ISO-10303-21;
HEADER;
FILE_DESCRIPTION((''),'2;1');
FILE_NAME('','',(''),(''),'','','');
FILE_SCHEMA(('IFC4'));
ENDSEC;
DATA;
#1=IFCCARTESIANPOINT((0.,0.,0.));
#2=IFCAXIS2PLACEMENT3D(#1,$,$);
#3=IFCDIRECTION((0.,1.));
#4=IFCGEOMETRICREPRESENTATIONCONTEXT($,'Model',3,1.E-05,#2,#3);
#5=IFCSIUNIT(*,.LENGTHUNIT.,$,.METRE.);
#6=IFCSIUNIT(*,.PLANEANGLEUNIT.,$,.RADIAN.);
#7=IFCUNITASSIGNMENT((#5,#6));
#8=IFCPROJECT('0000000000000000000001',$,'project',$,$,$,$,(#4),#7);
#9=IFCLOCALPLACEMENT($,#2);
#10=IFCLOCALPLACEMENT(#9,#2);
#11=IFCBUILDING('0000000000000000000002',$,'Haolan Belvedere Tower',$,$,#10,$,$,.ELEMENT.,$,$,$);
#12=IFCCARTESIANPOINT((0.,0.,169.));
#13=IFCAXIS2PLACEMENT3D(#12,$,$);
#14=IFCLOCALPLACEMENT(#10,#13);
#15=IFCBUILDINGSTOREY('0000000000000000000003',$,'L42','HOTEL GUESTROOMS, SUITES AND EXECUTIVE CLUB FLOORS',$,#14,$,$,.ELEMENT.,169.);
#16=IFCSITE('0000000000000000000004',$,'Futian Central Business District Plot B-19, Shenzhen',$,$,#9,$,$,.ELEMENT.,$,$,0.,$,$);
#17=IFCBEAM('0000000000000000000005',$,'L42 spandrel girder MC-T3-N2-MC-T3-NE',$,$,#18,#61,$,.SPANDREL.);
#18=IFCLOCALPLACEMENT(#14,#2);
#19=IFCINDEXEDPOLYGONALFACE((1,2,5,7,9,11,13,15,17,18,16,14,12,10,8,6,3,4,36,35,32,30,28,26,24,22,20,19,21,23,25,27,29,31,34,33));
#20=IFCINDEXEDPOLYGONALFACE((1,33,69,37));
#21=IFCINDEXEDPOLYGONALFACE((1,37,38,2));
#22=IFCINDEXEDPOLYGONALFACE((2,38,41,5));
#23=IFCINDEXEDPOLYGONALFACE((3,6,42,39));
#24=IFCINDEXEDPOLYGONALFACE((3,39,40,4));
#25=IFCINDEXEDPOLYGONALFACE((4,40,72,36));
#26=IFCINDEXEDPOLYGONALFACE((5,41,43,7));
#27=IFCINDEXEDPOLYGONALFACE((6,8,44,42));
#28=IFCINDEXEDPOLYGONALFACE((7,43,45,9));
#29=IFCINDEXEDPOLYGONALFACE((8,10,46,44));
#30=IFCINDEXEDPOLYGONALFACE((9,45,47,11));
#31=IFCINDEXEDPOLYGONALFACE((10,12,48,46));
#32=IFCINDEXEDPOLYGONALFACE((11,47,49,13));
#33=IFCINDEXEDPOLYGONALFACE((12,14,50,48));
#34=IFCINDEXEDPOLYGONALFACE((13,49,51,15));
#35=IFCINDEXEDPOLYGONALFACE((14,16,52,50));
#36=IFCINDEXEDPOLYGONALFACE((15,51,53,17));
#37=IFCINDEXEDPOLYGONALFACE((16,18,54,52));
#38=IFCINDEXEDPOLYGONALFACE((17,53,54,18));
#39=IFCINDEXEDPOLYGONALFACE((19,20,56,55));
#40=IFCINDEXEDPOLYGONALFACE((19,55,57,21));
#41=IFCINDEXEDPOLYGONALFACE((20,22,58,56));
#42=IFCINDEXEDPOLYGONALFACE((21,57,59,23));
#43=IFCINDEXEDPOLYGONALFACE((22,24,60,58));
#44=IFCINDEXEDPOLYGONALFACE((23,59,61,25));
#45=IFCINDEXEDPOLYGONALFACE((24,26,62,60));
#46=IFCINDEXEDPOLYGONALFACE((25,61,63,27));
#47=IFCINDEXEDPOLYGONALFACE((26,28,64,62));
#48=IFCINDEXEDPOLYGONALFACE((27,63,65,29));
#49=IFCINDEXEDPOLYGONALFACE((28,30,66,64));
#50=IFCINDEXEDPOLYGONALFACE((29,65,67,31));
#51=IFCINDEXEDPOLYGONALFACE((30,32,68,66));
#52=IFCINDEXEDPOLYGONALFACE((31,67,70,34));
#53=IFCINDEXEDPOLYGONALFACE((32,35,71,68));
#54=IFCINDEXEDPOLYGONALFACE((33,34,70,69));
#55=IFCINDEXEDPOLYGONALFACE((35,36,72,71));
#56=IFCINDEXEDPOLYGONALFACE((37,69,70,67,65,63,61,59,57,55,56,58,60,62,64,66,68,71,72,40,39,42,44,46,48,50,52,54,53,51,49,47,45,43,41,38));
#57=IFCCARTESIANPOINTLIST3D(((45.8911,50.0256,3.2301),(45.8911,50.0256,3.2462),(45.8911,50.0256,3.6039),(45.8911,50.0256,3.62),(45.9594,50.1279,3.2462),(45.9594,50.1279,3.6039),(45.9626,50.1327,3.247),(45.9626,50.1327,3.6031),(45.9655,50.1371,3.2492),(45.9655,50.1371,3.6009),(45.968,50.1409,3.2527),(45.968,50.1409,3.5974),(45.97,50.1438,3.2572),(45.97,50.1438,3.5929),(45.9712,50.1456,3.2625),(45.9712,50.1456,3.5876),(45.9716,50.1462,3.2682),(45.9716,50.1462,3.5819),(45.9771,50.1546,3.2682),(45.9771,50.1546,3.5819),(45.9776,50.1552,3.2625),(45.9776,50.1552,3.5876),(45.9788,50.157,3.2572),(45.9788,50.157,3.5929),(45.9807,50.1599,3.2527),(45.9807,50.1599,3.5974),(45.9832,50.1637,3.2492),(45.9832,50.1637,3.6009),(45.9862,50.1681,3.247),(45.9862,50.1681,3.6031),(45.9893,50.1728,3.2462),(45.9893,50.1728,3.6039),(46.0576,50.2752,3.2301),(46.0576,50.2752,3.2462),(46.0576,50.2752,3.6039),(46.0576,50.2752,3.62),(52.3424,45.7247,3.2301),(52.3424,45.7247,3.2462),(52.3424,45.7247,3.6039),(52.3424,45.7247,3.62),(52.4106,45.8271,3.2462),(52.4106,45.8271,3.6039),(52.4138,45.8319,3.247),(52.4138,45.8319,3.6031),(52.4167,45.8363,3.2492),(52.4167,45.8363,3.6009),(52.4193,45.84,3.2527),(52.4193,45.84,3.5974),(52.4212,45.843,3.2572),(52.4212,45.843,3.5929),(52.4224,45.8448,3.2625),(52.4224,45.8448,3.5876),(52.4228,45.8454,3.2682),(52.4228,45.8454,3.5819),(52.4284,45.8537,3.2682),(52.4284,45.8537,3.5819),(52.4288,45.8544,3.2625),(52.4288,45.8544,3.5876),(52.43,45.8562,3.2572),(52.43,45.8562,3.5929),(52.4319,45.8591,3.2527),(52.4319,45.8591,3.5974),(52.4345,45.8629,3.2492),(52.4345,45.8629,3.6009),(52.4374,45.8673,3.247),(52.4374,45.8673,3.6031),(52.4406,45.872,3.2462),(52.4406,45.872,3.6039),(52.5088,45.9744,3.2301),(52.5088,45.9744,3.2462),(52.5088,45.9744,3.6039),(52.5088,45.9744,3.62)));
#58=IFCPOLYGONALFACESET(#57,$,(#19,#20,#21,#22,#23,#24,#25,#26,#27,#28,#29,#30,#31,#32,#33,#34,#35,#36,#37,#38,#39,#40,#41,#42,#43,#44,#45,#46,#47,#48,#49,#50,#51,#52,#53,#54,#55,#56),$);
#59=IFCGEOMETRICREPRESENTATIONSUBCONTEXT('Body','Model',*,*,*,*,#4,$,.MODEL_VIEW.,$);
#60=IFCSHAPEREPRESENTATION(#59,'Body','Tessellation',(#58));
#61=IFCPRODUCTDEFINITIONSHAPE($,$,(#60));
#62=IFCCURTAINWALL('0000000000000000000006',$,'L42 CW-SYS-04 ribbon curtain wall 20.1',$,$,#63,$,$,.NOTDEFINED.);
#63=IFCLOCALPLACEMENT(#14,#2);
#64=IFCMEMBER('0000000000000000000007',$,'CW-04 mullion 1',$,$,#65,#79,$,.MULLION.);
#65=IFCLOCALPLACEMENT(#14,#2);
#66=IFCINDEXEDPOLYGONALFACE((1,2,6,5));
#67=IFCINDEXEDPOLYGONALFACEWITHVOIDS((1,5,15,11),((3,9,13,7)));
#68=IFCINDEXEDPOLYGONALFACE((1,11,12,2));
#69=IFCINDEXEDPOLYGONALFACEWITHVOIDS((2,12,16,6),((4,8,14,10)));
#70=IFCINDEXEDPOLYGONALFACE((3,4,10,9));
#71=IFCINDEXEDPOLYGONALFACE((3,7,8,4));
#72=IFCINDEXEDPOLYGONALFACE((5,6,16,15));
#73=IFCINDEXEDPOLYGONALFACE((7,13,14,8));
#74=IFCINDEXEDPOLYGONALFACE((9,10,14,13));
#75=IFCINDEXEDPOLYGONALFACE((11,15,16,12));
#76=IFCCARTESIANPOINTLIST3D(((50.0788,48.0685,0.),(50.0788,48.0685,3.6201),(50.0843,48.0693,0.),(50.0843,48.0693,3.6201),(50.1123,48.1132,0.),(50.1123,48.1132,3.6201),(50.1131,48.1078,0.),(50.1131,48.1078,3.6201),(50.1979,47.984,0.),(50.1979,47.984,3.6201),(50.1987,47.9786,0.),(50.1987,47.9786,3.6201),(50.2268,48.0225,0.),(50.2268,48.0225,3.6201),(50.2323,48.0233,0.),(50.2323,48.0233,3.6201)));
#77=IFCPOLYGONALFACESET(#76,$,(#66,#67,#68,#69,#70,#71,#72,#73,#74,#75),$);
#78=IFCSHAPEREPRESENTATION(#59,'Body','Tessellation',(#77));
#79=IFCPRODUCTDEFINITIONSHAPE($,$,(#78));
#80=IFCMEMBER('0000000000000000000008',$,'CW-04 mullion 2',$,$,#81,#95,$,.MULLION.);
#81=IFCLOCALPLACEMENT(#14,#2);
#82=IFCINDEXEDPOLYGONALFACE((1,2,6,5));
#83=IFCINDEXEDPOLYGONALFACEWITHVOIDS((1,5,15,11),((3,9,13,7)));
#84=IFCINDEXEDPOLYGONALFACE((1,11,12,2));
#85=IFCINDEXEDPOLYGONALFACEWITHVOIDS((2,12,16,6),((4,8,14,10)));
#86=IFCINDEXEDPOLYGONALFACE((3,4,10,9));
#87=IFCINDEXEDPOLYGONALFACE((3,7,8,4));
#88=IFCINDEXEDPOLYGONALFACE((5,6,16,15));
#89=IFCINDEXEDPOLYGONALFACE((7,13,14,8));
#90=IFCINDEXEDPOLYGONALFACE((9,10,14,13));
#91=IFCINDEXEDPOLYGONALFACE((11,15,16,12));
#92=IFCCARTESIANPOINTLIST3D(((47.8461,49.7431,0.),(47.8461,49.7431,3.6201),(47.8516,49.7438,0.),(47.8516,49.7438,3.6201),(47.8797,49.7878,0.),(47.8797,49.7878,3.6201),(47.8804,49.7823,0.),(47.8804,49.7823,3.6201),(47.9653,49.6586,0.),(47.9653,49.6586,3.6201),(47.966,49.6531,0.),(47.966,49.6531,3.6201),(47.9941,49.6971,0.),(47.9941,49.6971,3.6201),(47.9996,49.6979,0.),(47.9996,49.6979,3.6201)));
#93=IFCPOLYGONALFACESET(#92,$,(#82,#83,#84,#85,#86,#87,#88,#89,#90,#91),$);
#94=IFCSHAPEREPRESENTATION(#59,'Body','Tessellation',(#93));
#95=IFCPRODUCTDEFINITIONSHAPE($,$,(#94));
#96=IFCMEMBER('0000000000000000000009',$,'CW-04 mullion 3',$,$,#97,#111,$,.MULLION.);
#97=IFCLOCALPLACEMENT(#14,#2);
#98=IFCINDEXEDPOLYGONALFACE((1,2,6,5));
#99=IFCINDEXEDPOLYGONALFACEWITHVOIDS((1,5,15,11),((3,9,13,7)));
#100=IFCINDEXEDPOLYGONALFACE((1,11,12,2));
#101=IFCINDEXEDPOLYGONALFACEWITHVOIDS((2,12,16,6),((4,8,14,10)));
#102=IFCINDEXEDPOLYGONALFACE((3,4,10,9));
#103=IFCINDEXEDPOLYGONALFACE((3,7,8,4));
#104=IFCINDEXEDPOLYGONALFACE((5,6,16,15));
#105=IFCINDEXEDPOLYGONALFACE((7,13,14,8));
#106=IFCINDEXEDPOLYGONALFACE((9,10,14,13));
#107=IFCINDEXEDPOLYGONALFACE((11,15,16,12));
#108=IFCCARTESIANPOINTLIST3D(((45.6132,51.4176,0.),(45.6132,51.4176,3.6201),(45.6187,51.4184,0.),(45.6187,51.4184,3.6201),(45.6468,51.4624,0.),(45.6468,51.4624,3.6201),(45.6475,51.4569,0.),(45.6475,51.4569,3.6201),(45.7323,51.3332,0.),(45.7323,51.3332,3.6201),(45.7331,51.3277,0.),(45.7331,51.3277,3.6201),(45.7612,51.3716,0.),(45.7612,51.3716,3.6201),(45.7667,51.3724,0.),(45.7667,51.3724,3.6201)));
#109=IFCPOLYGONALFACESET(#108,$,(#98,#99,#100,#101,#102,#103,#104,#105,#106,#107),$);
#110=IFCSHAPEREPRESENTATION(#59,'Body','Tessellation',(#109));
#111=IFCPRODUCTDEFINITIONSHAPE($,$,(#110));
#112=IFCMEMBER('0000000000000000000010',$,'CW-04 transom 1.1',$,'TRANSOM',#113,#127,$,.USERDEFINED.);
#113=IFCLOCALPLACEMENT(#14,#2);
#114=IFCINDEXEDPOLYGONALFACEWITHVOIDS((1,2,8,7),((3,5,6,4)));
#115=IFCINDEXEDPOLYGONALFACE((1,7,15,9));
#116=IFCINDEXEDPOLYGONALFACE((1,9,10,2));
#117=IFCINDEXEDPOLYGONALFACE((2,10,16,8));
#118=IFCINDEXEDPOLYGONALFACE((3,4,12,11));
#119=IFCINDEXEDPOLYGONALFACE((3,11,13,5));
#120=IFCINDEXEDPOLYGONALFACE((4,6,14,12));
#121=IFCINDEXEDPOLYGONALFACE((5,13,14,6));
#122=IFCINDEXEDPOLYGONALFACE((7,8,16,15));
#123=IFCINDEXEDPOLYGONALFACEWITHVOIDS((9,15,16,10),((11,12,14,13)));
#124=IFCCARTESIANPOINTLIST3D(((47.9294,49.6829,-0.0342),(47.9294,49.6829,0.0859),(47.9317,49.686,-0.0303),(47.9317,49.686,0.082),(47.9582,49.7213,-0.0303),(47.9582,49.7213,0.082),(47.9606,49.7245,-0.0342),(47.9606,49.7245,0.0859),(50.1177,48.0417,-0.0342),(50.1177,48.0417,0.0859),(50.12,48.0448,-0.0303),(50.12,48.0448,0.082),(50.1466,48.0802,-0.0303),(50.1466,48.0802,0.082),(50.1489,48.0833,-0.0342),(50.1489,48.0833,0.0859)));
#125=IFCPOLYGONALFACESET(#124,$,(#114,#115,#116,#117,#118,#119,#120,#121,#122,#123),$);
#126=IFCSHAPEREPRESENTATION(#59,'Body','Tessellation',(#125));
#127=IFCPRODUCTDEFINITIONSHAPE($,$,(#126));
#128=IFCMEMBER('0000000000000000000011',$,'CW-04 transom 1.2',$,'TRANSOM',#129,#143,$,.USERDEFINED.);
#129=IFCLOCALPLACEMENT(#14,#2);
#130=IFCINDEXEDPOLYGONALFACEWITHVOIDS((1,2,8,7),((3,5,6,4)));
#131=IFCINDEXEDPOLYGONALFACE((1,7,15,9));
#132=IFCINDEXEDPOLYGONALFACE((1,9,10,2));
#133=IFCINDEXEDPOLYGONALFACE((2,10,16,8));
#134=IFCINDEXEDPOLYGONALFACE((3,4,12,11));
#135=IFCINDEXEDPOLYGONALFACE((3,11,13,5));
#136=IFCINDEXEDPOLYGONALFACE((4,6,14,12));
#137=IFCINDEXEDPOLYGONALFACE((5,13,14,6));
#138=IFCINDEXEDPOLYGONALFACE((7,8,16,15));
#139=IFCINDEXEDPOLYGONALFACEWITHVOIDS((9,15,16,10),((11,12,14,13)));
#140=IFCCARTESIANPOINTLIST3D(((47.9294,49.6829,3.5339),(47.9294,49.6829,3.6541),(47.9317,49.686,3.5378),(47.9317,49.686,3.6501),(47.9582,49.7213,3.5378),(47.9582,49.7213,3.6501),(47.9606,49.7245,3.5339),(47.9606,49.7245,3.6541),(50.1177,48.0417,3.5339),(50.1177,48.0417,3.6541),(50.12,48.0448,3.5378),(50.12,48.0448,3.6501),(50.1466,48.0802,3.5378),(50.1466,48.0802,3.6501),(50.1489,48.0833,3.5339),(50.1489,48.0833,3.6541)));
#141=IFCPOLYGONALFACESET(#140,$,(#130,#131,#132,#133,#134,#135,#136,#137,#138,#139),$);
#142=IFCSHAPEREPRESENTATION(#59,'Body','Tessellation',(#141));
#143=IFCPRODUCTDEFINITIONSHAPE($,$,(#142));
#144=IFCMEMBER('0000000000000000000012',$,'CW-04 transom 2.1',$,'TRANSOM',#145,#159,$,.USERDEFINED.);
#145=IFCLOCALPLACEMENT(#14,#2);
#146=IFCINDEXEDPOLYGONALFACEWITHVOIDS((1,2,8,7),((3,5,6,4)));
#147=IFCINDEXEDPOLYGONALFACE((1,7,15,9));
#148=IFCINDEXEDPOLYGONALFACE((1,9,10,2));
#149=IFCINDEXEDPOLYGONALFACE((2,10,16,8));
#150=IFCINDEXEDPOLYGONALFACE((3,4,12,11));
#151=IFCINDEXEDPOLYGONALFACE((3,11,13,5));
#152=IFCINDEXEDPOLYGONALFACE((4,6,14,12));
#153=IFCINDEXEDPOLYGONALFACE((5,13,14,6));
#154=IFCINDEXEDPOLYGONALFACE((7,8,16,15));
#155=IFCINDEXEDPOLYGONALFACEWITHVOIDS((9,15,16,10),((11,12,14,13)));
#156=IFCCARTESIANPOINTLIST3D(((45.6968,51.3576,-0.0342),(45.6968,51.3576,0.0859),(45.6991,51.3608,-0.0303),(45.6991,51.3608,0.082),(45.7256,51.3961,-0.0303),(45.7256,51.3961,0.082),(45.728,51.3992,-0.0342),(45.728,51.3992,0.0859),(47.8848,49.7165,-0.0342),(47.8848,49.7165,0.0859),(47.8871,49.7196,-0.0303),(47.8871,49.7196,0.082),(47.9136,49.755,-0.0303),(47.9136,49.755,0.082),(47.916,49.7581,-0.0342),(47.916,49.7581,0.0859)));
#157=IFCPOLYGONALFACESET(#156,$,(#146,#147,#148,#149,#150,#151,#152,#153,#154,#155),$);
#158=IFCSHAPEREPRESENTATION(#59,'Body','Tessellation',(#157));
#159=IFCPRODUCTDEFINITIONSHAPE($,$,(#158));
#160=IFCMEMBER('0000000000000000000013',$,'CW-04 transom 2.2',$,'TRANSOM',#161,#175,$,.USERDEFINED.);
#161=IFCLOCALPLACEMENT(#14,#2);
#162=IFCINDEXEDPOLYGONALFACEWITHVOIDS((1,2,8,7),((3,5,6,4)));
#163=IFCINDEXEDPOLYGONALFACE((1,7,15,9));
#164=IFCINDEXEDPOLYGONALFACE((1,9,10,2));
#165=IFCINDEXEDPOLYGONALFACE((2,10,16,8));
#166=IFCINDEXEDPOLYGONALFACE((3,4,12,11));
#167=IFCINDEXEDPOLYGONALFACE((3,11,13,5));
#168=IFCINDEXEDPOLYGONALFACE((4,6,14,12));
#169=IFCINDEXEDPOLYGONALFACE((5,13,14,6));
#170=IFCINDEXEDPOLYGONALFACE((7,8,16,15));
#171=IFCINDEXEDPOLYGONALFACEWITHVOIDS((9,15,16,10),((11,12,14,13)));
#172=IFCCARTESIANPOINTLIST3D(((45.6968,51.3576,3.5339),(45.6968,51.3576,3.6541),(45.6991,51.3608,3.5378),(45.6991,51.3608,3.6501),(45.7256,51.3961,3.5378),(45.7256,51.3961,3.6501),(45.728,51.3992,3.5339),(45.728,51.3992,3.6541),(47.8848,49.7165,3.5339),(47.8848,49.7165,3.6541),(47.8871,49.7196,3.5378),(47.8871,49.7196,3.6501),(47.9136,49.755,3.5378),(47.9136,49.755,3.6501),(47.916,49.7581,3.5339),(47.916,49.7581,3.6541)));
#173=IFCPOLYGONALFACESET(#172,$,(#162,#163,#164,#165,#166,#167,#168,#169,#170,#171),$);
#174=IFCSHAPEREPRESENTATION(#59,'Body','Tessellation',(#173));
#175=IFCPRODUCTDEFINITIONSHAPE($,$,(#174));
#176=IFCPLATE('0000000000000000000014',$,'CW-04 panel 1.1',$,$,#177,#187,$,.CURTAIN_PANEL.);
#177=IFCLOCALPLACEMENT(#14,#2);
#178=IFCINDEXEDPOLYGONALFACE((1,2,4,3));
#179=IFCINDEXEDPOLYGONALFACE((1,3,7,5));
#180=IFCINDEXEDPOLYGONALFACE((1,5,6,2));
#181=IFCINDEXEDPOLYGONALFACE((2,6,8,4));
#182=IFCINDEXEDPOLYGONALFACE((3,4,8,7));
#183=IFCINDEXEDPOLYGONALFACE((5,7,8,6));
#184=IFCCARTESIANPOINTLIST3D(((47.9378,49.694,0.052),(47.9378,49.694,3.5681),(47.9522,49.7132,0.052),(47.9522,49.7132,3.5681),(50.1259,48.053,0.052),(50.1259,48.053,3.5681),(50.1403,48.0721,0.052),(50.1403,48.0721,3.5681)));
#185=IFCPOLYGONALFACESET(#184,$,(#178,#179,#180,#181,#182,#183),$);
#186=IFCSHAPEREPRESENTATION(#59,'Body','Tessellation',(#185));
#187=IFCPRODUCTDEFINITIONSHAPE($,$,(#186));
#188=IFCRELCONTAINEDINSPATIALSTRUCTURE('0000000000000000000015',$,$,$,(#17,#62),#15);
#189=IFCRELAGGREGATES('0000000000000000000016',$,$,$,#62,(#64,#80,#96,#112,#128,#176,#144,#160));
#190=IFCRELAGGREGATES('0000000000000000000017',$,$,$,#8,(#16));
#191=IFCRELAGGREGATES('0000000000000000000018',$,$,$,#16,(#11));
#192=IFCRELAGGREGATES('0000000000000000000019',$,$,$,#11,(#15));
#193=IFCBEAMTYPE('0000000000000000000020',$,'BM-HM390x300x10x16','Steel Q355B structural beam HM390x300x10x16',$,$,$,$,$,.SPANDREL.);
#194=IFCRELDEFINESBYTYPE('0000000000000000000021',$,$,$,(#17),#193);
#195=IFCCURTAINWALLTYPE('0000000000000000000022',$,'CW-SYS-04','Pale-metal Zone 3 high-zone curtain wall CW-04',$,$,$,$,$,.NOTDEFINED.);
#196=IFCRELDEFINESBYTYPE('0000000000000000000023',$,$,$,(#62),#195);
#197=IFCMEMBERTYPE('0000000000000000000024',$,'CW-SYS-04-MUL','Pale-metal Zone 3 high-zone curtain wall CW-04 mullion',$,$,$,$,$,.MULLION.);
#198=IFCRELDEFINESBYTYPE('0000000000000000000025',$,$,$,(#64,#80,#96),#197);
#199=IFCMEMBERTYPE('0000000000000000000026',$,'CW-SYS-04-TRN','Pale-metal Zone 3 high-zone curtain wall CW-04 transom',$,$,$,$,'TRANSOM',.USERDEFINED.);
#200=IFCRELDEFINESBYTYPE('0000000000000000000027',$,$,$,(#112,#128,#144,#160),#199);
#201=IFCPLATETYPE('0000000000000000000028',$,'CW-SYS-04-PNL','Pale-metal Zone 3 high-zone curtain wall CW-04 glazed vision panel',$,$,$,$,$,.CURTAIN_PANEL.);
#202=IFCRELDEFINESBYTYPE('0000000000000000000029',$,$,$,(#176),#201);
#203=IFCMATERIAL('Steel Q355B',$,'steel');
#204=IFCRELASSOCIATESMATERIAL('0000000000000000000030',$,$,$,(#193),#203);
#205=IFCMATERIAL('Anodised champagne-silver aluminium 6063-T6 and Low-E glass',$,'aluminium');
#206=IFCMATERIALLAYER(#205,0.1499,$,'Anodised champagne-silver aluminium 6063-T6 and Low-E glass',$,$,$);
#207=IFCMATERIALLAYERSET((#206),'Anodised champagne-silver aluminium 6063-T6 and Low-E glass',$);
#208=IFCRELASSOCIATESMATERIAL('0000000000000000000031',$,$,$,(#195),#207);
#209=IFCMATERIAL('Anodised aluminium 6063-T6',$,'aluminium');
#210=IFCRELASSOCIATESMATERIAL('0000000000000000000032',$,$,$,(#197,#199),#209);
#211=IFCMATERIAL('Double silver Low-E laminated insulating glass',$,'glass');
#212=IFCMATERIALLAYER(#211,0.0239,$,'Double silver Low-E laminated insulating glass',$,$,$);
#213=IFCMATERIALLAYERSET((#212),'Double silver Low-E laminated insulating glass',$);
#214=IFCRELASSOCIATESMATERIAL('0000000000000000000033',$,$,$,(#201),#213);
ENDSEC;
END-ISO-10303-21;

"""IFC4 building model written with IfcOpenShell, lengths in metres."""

from ifc_helpers import new_model, si_unit, direction, frame, origin, origin_2d, place, context, subcontext, project, spatial, rectangle, hollow_rectangle, i_section, extrude, material, layer, layer_set, material_profile, profile_set, type_object, element, aggregate, save


model = new_model("IFC4")

# Units and contexts
model_context = context("Model", 3, precision=1e-05, world=origin(), true_north=direction((0.0, 1.0)))
body_context = subcontext(model_context, "Body", "Model", "MODEL_VIEW")
ifc_project = project(units=[si_unit("LENGTHUNIT", "METRE"), si_unit("PLANEANGLEUNIT", "RADIAN")], contexts=[model_context])

# Site, building, storey
site_placement = place(None, origin())
site = spatial("IfcSite", under=ifc_project, at=site_placement, Name="Futian Central Business District Plot B-19, Shenzhen", CompositionType="ELEMENT", RefElevation=0.0)
building_placement = place(site_placement, origin())
building = spatial("IfcBuilding", under=site, at=building_placement, Name="Haolan Belvedere Tower", CompositionType="ELEMENT")
storey_placement = place(building_placement, frame((0.0, 0.0, 169.0)))
storey = spatial("IfcBuildingStorey", under=building, at=storey_placement, Name="L42", Description="HOTEL GUESTROOMS, SUITES AND EXECUTIVE CLUB FLOORS", CompositionType="ELEMENT", Elevation=169.0)

# Beam
ifc_material_1 = material(Name="Steel Q355B", Category="steel")
ifc_material_profile_1 = material_profile(ifc_material_1, i_section(OverallWidth=0.3, OverallDepth=0.3899, WebThickness=0.01, FlangeThickness=0.0161, FilletRadius=0.022, at=origin_2d()), Name="Steel Q355B")
ifc_profile_set_1 = profile_set([ifc_material_profile_1], Name="Steel Q355B")
beam_type = type_object("IfcBeamType", Name="BM-HM390x300x10x16", Description="Steel Q355B structural beam HM390x300x10x16", PredefinedType="SPANDREL", material=ifc_profile_set_1)
beam_placement = place(storey_placement, frame((45.9744, 50.1504, 3.425), z_axis=(0.83205, -0.5547, 0.0), x_axis=(0.5547, 0.83205, 0.0)))
element("IfcBeam", 1, at=beam_placement, inside=storey, type_object=beam_type, Name="L42 spandrel girder MC-T3-N2-MC-T3-NE", PredefinedType="SPANDREL", context=body_context, shape_type="SweptSolid", body=[
    extrude(i_section(OverallWidth=0.3, OverallDepth=0.3899, WebThickness=0.01, FlangeThickness=0.0161, FilletRadius=0.022, at=origin_2d()), origin(), (0.0, 0.0, 1.0), 7.7534),
])

# Curtain wall, members, plate
ifc_material_2 = material(Name="Anodised champagne-silver aluminium 6063-T6 and Low-E glass", Category="aluminium")
ifc_layer_1 = layer(ifc_material_2, 0.1499, Name="Anodised champagne-silver aluminium 6063-T6 and Low-E glass")
ifc_layer_set_1 = layer_set([ifc_layer_1], Name="Anodised champagne-silver aluminium 6063-T6 and Low-E glass")
curtain_wall_type = type_object("IfcCurtainWallType", Name="CW-SYS-04", Description="Pale-metal Zone 3 high-zone curtain wall CW-04", PredefinedType="NOTDEFINED", material=ifc_layer_set_1)
curtain_wall_placement = place(storey_placement, origin())
curtain_wall = element("IfcCurtainWall", 2, at=curtain_wall_placement, inside=storey, type_object=curtain_wall_type, Name="L42 CW-SYS-04 ribbon curtain wall 20.1", PredefinedType="NOTDEFINED")
ifc_material_3 = material(Name="Anodised aluminium 6063-T6", Category="aluminium")
ifc_material_profile_2 = material_profile(ifc_material_3, hollow_rectangle(XDim=0.0559, YDim=0.1499, WallThickness=0.0039, at=origin_2d()), Name="Anodised aluminium 6063-T6")
ifc_profile_set_2 = profile_set([ifc_material_profile_2], Name="Anodised aluminium 6063-T6")
member_type_1 = type_object("IfcMemberType", Name="CW-SYS-04-MUL", Description="Pale-metal Zone 3 high-zone curtain wall CW-04 mullion", PredefinedType="MULLION", material=ifc_profile_set_2)
member_1_placement = place(storey_placement, frame((50.1555, 48.0459, 0.0), z_axis=(0.0, 0.0, 1.0), x_axis=(-0.600003, -0.799998, 0.0)))
member_1 = element("IfcMember", 3, at=member_1_placement, type_object=member_type_1, Name="CW-04 mullion 1", PredefinedType="MULLION", context=body_context, shape_type="SweptSolid", body=[
    extrude(hollow_rectangle(XDim=0.0559, YDim=0.1499, WallThickness=0.0039, at=origin_2d()), origin(), (0.0, 0.0, 1.0), 3.6201),
])
member_2_placement = place(storey_placement, frame((47.9229, 49.7205, 0.0), z_axis=(0.0, 0.0, 1.0), x_axis=(-0.600003, -0.799998, 0.0)))
member_2 = element("IfcMember", 4, at=member_2_placement, type_object=member_type_1, Name="CW-04 mullion 2", PredefinedType="MULLION", context=body_context, shape_type="SweptSolid", body=[
    extrude(hollow_rectangle(XDim=0.0559, YDim=0.1499, WallThickness=0.0039, at=origin_2d()), origin(), (0.0, 0.0, 1.0), 3.6201),
])
member_3_placement = place(storey_placement, frame((45.6899, 51.395, 0.0), z_axis=(0.0, 0.0, 1.0), x_axis=(-0.600003, -0.799998, 0.0)))
member_3 = element("IfcMember", 5, at=member_3_placement, type_object=member_type_1, Name="CW-04 mullion 3", PredefinedType="MULLION", context=body_context, shape_type="SweptSolid", body=[
    extrude(hollow_rectangle(XDim=0.0559, YDim=0.1499, WallThickness=0.0039, at=origin_2d()), origin(), (0.0, 0.0, 1.0), 3.6201),
])
ifc_material_profile_3 = material_profile(ifc_material_3, hollow_rectangle(XDim=0.052, YDim=0.1201, WallThickness=0.0039, at=origin_2d()), Name="Anodised aluminium 6063-T6")
ifc_profile_set_3 = profile_set([ifc_material_profile_3], Name="Anodised aluminium 6063-T6")
member_type_2 = type_object("IfcMemberType", Name="CW-SYS-04-TRN", Description="Pale-metal Zone 3 high-zone curtain wall CW-04 transom", ElementType="TRANSOM", PredefinedType="USERDEFINED", material=ifc_profile_set_3)
member_4_placement = place(storey_placement, frame((50.1333, 48.0625, 0.0259), z_axis=(-0.800011, 0.599986, 0.0), x_axis=(-0.599986, -0.800011, 0.0)))
member_4 = element("IfcMember", 6, at=member_4_placement, type_object=member_type_2, Name="CW-04 transom 1.1", ObjectType="TRANSOM", PredefinedType="USERDEFINED", context=body_context, shape_type="SweptSolid", body=[
    extrude(hollow_rectangle(XDim=0.052, YDim=0.1201, WallThickness=0.0039, at=origin_2d()), origin(), (0.0, 0.0, 1.0), 2.7354),
])
member_5_placement = place(storey_placement, frame((50.1333, 48.0625, 3.594), z_axis=(-0.800011, 0.599986, 0.0), x_axis=(-0.599986, -0.800011, 0.0)))
member_5 = element("IfcMember", 7, at=member_5_placement, type_object=member_type_2, Name="CW-04 transom 1.2", ObjectType="TRANSOM", PredefinedType="USERDEFINED", context=body_context, shape_type="SweptSolid", body=[
    extrude(hollow_rectangle(XDim=0.052, YDim=0.1201, WallThickness=0.0039, at=origin_2d()), origin(), (0.0, 0.0, 1.0), 2.7354),
])
member_6_placement = place(storey_placement, frame((47.9004, 49.7373, 0.0259), z_axis=(-0.799979, 0.600029, 0.0), x_axis=(-0.600029, -0.799979, 0.0)))
member_6 = element("IfcMember", 8, at=member_6_placement, type_object=member_type_2, Name="CW-04 transom 2.1", ObjectType="TRANSOM", PredefinedType="USERDEFINED", context=body_context, shape_type="SweptSolid", body=[
    extrude(hollow_rectangle(XDim=0.052, YDim=0.1201, WallThickness=0.0039, at=origin_2d()), origin(), (0.0, 0.0, 1.0), 2.7351),
])
member_7_placement = place(storey_placement, frame((47.9004, 49.7373, 3.594), z_axis=(-0.799979, 0.600029, 0.0), x_axis=(-0.600029, -0.799979, 0.0)))
member_7 = element("IfcMember", 9, at=member_7_placement, type_object=member_type_2, Name="CW-04 transom 2.2", ObjectType="TRANSOM", PredefinedType="USERDEFINED", context=body_context, shape_type="SweptSolid", body=[
    extrude(hollow_rectangle(XDim=0.052, YDim=0.1201, WallThickness=0.0039, at=origin_2d()), origin(), (0.0, 0.0, 1.0), 2.7351),
])
ifc_material_4 = material(Name="Double silver Low-E laminated insulating glass", Category="glass")
ifc_layer_2 = layer(ifc_material_4, 0.0239, Name="Double silver Low-E laminated insulating glass")
ifc_layer_set_2 = layer_set([ifc_layer_2], Name="Double silver Low-E laminated insulating glass")
plate_type = type_object("IfcPlateType", Name="CW-SYS-04-PNL", Description="Pale-metal Zone 3 high-zone curtain wall CW-04 glazed vision panel", PredefinedType="CURTAIN_PANEL", material=ifc_layer_set_2)
plate_1_placement = place(storey_placement, frame((49.0391, 48.8831, 0.052), z_axis=(0.0, 0.0, 1.0), x_axis=(-0.799998, 0.600003, 0.0)))
plate_1 = element("IfcPlate", 10, at=plate_1_placement, type_object=plate_type, Name="CW-04 panel 1.1", PredefinedType="CURTAIN_PANEL", context=body_context, shape_type="SweptSolid", body=[
    extrude(rectangle(XDim=2.7351, YDim=0.0239, at=origin_2d()), origin(), (0.0, 0.0, 1.0), 3.5161),
])
aggregate(curtain_wall, [member_1, member_2, member_3, member_4, member_5, plate_1, member_6, member_7])

save(model, "model.ifc")
